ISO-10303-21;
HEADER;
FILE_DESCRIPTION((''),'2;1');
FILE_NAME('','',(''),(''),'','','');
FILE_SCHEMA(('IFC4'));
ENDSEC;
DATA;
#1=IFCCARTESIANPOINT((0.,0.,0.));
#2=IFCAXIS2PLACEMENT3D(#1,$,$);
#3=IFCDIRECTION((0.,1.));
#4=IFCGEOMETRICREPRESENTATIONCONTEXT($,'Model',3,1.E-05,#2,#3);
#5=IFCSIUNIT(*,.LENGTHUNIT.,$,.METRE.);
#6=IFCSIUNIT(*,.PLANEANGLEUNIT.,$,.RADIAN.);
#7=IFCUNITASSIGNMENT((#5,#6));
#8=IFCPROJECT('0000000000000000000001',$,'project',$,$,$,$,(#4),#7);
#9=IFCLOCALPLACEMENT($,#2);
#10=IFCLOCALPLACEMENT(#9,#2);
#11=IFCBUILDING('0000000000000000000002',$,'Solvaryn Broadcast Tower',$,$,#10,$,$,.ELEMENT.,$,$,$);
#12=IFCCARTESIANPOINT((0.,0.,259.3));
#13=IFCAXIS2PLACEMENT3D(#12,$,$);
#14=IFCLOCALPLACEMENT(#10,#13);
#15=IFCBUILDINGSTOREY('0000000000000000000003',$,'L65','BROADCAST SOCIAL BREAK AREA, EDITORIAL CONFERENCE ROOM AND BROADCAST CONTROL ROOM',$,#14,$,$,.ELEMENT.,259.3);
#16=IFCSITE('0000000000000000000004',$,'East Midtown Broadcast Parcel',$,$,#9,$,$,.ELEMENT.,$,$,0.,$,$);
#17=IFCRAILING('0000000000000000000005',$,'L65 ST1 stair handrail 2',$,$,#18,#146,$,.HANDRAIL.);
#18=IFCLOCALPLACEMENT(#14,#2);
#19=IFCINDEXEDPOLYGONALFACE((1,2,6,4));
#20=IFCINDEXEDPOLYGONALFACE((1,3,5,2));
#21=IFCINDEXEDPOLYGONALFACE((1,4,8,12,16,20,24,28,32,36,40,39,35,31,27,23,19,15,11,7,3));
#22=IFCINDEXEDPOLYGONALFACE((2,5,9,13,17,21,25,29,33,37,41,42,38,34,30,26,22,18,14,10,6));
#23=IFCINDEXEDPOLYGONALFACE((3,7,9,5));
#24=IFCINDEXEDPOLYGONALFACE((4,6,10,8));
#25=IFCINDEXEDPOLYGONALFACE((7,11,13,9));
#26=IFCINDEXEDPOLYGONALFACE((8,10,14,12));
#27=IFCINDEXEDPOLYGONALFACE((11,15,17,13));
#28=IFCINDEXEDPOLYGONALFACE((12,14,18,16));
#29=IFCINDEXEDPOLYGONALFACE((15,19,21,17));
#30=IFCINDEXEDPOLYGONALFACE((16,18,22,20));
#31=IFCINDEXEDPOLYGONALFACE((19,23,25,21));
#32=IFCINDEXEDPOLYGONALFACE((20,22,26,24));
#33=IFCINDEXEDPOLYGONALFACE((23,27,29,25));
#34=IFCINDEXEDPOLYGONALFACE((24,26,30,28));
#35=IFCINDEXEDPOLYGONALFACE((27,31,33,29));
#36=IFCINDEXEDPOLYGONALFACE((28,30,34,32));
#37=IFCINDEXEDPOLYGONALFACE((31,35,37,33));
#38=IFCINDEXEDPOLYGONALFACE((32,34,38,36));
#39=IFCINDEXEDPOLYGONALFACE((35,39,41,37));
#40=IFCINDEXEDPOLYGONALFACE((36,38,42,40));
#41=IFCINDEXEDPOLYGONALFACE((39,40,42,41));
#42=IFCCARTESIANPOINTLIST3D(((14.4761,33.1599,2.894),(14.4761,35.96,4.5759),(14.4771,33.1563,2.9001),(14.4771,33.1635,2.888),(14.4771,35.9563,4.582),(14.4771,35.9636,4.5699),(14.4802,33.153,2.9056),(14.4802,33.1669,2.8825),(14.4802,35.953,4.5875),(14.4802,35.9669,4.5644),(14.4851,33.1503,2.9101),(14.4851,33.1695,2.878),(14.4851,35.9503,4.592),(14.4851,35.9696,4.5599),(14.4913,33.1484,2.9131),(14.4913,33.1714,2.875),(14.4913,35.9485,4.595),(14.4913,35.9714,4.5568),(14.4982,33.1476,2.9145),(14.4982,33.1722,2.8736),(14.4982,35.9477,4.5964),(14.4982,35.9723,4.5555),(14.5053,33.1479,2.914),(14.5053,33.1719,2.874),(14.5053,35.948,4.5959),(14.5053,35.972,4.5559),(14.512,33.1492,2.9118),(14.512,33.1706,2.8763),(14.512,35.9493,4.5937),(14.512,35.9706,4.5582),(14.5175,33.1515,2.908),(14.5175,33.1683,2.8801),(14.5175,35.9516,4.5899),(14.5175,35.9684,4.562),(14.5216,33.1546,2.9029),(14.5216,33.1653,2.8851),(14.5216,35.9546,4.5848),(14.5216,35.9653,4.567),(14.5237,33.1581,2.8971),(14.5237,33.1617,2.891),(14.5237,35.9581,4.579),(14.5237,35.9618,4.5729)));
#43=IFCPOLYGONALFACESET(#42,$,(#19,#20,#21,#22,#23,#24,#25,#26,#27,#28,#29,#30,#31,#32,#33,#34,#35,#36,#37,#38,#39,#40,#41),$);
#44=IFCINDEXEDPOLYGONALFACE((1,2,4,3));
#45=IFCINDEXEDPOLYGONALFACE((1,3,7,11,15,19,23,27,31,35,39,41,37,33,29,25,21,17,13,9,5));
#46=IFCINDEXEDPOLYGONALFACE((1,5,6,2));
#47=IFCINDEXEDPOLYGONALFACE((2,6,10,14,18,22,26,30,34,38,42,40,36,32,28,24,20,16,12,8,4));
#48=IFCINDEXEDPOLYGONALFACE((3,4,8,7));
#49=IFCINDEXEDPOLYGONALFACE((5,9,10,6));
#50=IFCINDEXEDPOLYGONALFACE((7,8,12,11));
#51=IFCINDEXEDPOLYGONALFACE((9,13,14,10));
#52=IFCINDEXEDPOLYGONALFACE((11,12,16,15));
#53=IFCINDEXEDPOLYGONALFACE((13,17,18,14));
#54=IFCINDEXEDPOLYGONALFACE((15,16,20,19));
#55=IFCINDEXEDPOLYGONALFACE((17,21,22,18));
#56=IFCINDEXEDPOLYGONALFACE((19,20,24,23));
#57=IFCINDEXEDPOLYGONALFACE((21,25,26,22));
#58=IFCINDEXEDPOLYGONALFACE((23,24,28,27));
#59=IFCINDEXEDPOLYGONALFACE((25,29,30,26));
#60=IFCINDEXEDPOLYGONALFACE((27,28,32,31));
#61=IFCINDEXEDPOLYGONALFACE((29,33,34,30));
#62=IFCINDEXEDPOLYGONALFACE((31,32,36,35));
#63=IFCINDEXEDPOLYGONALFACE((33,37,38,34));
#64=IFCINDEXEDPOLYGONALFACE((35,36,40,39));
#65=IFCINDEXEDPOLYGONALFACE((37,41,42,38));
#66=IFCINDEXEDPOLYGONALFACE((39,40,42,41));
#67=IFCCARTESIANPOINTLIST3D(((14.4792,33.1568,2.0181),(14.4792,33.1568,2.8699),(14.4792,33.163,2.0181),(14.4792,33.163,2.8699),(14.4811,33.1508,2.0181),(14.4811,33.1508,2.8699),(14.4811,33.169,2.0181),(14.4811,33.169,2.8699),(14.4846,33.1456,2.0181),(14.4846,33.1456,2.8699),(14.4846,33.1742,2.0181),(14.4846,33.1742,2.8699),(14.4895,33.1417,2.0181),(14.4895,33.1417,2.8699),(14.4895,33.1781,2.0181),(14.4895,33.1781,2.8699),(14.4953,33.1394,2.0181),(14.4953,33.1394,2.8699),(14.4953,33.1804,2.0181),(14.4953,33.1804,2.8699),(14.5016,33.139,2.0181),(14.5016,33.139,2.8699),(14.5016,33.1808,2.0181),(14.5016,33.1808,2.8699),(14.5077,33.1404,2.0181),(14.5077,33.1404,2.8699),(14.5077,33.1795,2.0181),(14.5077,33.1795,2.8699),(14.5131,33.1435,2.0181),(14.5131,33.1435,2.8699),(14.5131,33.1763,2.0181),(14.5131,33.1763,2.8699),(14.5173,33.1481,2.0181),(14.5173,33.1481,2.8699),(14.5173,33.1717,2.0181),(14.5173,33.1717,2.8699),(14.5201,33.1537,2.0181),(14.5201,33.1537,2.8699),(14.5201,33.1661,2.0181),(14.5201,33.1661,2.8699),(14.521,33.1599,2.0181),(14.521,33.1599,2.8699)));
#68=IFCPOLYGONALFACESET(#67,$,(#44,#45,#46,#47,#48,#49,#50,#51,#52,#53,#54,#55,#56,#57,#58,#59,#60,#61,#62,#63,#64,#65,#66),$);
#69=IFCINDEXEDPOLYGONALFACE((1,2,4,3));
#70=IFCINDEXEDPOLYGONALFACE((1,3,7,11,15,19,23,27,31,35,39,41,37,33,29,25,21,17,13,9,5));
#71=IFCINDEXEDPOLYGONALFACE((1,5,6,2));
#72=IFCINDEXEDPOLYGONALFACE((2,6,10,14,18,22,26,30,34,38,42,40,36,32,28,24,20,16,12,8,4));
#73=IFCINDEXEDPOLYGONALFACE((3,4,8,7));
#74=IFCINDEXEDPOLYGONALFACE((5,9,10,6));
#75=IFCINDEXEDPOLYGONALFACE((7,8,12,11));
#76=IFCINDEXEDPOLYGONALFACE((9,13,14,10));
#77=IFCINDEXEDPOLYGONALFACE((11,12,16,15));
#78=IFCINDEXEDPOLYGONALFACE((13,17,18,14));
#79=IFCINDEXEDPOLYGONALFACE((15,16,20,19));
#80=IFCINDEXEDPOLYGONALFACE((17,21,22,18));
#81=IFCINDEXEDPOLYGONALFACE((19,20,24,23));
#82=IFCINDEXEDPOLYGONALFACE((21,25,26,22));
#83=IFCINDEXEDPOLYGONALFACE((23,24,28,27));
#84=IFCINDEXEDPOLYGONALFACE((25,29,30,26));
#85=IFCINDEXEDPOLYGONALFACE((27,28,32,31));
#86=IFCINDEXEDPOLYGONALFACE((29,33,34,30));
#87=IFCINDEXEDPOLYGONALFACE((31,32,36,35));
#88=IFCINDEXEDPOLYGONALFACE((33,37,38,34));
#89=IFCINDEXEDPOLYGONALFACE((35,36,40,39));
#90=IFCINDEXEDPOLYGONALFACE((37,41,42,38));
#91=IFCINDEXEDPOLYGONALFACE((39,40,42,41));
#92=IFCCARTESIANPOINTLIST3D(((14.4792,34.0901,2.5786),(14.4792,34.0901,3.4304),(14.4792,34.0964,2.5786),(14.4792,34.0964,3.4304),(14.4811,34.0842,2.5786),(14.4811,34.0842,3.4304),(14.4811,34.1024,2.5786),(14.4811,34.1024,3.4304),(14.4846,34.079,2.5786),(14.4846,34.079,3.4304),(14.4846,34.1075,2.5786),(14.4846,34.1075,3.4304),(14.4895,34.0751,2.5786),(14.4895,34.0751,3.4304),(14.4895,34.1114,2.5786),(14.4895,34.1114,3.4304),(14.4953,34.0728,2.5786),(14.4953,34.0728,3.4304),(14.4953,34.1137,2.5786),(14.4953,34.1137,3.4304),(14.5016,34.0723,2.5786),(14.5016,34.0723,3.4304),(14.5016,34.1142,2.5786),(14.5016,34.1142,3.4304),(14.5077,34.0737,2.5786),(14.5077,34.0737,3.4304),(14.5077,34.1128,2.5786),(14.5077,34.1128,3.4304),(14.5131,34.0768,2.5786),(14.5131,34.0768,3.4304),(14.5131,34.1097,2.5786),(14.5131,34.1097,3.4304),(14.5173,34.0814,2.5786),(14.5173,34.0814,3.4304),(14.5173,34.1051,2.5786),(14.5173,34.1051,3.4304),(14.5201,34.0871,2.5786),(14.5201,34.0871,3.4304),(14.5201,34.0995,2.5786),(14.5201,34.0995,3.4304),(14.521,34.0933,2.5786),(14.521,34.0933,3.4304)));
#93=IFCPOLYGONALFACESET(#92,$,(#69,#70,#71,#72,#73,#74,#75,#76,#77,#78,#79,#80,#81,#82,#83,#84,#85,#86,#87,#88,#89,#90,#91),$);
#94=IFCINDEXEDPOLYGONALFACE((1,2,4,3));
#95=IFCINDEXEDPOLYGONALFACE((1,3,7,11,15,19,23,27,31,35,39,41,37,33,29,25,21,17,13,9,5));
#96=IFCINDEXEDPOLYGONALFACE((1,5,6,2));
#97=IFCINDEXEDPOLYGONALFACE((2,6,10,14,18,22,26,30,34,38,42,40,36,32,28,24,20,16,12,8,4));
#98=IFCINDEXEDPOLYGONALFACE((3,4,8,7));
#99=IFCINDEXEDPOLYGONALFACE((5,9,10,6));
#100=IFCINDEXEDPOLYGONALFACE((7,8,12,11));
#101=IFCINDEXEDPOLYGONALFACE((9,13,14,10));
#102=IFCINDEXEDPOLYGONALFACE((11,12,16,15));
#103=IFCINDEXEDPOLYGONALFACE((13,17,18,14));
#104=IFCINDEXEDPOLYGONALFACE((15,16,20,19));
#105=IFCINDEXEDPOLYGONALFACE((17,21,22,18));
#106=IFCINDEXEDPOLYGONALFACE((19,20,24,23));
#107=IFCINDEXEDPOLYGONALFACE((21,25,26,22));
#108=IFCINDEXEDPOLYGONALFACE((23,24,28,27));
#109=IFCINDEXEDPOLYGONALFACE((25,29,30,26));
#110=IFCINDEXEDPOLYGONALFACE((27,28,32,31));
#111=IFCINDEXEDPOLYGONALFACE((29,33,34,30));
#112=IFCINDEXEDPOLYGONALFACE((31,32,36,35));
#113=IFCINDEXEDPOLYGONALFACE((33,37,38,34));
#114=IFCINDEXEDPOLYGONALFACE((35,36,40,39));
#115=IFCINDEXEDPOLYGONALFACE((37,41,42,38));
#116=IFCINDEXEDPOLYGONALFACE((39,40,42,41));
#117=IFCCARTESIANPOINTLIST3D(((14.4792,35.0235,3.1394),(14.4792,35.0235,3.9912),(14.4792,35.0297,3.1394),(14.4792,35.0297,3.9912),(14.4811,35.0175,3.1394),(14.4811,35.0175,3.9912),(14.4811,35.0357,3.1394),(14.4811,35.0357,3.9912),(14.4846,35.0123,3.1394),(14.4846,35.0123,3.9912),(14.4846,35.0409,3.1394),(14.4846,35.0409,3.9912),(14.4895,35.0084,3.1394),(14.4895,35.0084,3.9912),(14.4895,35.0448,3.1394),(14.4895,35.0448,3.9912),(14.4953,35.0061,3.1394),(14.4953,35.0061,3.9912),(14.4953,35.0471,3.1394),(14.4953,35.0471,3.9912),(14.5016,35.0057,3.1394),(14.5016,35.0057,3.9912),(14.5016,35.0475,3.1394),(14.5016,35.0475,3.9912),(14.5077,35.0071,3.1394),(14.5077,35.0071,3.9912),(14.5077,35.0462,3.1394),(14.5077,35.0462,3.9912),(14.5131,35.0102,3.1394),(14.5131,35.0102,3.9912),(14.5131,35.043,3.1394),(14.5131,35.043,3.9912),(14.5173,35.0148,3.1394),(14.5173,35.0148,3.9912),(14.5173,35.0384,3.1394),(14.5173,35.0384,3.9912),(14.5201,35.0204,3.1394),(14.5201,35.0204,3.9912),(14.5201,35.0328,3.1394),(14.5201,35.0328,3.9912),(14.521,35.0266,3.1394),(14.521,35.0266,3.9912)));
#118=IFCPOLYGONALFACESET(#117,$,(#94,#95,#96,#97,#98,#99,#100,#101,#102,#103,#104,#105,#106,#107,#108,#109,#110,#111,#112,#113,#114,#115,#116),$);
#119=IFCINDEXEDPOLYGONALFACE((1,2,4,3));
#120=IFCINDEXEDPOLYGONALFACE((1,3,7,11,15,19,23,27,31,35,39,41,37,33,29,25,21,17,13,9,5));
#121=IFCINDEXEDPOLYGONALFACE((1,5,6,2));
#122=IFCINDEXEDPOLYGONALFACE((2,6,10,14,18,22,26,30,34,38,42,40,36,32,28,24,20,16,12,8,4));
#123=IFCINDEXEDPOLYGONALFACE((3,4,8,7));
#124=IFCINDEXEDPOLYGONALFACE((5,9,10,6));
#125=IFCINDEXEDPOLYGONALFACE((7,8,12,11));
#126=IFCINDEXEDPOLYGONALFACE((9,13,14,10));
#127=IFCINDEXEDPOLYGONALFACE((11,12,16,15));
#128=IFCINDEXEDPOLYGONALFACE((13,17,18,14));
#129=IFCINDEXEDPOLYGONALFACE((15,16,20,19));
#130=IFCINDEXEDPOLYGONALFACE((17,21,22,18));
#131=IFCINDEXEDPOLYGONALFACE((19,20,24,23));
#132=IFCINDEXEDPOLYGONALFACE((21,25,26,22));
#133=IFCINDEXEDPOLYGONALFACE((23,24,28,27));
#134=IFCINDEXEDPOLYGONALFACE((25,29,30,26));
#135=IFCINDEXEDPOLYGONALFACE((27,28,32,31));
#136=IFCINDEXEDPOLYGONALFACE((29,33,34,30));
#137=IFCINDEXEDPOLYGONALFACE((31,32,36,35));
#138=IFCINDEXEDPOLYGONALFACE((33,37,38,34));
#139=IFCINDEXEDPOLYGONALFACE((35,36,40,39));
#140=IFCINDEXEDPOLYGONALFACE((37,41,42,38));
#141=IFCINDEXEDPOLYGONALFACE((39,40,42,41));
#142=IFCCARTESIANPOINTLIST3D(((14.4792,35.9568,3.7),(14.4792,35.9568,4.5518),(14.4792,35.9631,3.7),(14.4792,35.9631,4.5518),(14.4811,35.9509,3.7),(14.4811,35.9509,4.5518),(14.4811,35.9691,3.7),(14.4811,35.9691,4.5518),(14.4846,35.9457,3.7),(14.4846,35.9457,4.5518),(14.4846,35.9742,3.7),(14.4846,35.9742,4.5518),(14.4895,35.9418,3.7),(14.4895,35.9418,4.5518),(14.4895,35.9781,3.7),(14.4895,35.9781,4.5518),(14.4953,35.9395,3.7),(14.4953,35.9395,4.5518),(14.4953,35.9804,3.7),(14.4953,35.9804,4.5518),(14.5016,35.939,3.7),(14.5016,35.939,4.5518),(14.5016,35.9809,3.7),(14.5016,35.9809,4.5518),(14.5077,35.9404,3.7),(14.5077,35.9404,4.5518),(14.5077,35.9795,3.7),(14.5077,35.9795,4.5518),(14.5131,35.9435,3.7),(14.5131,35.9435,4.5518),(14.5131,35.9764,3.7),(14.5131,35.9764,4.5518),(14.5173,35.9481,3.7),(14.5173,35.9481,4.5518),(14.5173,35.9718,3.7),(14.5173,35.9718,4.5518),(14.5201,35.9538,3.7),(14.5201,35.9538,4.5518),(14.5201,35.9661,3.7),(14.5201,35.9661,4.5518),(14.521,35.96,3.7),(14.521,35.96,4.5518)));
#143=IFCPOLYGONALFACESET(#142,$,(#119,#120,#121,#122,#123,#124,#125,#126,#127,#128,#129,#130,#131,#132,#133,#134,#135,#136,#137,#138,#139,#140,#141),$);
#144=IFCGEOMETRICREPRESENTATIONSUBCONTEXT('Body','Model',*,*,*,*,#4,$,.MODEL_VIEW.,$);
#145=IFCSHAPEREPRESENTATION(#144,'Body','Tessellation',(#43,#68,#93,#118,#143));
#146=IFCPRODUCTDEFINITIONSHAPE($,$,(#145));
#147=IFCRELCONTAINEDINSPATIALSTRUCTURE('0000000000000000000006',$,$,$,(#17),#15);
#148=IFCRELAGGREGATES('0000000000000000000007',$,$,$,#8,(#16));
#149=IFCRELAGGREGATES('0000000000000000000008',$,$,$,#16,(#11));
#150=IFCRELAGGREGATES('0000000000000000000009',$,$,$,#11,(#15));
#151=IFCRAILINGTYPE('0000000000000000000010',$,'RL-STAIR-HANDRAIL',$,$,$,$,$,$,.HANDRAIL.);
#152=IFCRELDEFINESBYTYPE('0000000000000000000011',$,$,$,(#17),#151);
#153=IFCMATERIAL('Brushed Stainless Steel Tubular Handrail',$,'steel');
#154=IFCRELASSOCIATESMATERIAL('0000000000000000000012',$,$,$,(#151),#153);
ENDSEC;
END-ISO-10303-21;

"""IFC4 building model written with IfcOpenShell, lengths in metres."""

from ifc_helpers import new_model, si_unit, direction, frame, origin, origin_2d, place, context, subcontext, project, spatial, circle, extrude, material, type_object, element, save


model = new_model("IFC4")

# Units and contexts
model_context = context("Model", 3, precision=1e-05, world=origin(), true_north=direction((0.0, 1.0)))
body_context = subcontext(model_context, "Body", "Model", "MODEL_VIEW")
ifc_project = project(units=[si_unit("LENGTHUNIT", "METRE"), si_unit("PLANEANGLEUNIT", "RADIAN")], contexts=[model_context])

# Site, building, storey
site_placement = place(None, origin())
site = spatial("IfcSite", under=ifc_project, at=site_placement, Name="East Midtown Broadcast Parcel", CompositionType="ELEMENT", RefElevation=0.0)
building_placement = place(site_placement, origin())
building = spatial("IfcBuilding", under=site, at=building_placement, Name="Solvaryn Broadcast Tower", CompositionType="ELEMENT")
storey_placement = place(building_placement, frame((0.0, 0.0, 259.3)))
storey = spatial("IfcBuildingStorey", under=building, at=storey_placement, Name="L65", Description="BROADCAST SOCIAL BREAK AREA, EDITORIAL CONFERENCE ROOM AND BROADCAST CONTROL ROOM", CompositionType="ELEMENT", Elevation=259.3)

# Railing
ifc_material_1 = material(Name="Brushed Stainless Steel Tubular Handrail", Category="steel")
railing_type_1 = type_object("IfcRailingType", Name="RL-STAIR-HANDRAIL", PredefinedType="HANDRAIL", material=ifc_material_1)
railing_1_placement = place(storey_placement, frame((14.5, 33.1599, 2.0181)))
element("IfcRailing", 1, at=railing_1_placement, inside=storey, type_object=railing_type_1, Name="L65 ST1 stair handrail 2", PredefinedType="HANDRAIL", context=body_context, shape_type="SweptSolid", body=[
    extrude(circle(Radius=0.0239, at=origin_2d()), frame((0.0, 0.0, 0.876), z_axis=(0.0, 0.857242, 0.514913), x_axis=(-1.0, 0.0, 0.0)), (0.0, 0.0, 1.0), 3.2664),
    extrude(circle(Radius=0.021, at=origin_2d()), origin(), (0.0, 0.0, 1.0), 0.8518),
    extrude(circle(Radius=0.021, at=origin_2d()), frame((0.0, 0.9333, 0.5605)), (0.0, 0.0, 1.0), 0.8518),
    extrude(circle(Radius=0.021, at=origin_2d()), frame((0.0, 1.8667, 1.1213)), (0.0, 0.0, 1.0), 0.8518),
    extrude(circle(Radius=0.021, at=origin_2d()), frame((0.0, 2.8, 1.6819)), (0.0, 0.0, 1.0), 0.8518),
])

save(model, "model.ifc")
